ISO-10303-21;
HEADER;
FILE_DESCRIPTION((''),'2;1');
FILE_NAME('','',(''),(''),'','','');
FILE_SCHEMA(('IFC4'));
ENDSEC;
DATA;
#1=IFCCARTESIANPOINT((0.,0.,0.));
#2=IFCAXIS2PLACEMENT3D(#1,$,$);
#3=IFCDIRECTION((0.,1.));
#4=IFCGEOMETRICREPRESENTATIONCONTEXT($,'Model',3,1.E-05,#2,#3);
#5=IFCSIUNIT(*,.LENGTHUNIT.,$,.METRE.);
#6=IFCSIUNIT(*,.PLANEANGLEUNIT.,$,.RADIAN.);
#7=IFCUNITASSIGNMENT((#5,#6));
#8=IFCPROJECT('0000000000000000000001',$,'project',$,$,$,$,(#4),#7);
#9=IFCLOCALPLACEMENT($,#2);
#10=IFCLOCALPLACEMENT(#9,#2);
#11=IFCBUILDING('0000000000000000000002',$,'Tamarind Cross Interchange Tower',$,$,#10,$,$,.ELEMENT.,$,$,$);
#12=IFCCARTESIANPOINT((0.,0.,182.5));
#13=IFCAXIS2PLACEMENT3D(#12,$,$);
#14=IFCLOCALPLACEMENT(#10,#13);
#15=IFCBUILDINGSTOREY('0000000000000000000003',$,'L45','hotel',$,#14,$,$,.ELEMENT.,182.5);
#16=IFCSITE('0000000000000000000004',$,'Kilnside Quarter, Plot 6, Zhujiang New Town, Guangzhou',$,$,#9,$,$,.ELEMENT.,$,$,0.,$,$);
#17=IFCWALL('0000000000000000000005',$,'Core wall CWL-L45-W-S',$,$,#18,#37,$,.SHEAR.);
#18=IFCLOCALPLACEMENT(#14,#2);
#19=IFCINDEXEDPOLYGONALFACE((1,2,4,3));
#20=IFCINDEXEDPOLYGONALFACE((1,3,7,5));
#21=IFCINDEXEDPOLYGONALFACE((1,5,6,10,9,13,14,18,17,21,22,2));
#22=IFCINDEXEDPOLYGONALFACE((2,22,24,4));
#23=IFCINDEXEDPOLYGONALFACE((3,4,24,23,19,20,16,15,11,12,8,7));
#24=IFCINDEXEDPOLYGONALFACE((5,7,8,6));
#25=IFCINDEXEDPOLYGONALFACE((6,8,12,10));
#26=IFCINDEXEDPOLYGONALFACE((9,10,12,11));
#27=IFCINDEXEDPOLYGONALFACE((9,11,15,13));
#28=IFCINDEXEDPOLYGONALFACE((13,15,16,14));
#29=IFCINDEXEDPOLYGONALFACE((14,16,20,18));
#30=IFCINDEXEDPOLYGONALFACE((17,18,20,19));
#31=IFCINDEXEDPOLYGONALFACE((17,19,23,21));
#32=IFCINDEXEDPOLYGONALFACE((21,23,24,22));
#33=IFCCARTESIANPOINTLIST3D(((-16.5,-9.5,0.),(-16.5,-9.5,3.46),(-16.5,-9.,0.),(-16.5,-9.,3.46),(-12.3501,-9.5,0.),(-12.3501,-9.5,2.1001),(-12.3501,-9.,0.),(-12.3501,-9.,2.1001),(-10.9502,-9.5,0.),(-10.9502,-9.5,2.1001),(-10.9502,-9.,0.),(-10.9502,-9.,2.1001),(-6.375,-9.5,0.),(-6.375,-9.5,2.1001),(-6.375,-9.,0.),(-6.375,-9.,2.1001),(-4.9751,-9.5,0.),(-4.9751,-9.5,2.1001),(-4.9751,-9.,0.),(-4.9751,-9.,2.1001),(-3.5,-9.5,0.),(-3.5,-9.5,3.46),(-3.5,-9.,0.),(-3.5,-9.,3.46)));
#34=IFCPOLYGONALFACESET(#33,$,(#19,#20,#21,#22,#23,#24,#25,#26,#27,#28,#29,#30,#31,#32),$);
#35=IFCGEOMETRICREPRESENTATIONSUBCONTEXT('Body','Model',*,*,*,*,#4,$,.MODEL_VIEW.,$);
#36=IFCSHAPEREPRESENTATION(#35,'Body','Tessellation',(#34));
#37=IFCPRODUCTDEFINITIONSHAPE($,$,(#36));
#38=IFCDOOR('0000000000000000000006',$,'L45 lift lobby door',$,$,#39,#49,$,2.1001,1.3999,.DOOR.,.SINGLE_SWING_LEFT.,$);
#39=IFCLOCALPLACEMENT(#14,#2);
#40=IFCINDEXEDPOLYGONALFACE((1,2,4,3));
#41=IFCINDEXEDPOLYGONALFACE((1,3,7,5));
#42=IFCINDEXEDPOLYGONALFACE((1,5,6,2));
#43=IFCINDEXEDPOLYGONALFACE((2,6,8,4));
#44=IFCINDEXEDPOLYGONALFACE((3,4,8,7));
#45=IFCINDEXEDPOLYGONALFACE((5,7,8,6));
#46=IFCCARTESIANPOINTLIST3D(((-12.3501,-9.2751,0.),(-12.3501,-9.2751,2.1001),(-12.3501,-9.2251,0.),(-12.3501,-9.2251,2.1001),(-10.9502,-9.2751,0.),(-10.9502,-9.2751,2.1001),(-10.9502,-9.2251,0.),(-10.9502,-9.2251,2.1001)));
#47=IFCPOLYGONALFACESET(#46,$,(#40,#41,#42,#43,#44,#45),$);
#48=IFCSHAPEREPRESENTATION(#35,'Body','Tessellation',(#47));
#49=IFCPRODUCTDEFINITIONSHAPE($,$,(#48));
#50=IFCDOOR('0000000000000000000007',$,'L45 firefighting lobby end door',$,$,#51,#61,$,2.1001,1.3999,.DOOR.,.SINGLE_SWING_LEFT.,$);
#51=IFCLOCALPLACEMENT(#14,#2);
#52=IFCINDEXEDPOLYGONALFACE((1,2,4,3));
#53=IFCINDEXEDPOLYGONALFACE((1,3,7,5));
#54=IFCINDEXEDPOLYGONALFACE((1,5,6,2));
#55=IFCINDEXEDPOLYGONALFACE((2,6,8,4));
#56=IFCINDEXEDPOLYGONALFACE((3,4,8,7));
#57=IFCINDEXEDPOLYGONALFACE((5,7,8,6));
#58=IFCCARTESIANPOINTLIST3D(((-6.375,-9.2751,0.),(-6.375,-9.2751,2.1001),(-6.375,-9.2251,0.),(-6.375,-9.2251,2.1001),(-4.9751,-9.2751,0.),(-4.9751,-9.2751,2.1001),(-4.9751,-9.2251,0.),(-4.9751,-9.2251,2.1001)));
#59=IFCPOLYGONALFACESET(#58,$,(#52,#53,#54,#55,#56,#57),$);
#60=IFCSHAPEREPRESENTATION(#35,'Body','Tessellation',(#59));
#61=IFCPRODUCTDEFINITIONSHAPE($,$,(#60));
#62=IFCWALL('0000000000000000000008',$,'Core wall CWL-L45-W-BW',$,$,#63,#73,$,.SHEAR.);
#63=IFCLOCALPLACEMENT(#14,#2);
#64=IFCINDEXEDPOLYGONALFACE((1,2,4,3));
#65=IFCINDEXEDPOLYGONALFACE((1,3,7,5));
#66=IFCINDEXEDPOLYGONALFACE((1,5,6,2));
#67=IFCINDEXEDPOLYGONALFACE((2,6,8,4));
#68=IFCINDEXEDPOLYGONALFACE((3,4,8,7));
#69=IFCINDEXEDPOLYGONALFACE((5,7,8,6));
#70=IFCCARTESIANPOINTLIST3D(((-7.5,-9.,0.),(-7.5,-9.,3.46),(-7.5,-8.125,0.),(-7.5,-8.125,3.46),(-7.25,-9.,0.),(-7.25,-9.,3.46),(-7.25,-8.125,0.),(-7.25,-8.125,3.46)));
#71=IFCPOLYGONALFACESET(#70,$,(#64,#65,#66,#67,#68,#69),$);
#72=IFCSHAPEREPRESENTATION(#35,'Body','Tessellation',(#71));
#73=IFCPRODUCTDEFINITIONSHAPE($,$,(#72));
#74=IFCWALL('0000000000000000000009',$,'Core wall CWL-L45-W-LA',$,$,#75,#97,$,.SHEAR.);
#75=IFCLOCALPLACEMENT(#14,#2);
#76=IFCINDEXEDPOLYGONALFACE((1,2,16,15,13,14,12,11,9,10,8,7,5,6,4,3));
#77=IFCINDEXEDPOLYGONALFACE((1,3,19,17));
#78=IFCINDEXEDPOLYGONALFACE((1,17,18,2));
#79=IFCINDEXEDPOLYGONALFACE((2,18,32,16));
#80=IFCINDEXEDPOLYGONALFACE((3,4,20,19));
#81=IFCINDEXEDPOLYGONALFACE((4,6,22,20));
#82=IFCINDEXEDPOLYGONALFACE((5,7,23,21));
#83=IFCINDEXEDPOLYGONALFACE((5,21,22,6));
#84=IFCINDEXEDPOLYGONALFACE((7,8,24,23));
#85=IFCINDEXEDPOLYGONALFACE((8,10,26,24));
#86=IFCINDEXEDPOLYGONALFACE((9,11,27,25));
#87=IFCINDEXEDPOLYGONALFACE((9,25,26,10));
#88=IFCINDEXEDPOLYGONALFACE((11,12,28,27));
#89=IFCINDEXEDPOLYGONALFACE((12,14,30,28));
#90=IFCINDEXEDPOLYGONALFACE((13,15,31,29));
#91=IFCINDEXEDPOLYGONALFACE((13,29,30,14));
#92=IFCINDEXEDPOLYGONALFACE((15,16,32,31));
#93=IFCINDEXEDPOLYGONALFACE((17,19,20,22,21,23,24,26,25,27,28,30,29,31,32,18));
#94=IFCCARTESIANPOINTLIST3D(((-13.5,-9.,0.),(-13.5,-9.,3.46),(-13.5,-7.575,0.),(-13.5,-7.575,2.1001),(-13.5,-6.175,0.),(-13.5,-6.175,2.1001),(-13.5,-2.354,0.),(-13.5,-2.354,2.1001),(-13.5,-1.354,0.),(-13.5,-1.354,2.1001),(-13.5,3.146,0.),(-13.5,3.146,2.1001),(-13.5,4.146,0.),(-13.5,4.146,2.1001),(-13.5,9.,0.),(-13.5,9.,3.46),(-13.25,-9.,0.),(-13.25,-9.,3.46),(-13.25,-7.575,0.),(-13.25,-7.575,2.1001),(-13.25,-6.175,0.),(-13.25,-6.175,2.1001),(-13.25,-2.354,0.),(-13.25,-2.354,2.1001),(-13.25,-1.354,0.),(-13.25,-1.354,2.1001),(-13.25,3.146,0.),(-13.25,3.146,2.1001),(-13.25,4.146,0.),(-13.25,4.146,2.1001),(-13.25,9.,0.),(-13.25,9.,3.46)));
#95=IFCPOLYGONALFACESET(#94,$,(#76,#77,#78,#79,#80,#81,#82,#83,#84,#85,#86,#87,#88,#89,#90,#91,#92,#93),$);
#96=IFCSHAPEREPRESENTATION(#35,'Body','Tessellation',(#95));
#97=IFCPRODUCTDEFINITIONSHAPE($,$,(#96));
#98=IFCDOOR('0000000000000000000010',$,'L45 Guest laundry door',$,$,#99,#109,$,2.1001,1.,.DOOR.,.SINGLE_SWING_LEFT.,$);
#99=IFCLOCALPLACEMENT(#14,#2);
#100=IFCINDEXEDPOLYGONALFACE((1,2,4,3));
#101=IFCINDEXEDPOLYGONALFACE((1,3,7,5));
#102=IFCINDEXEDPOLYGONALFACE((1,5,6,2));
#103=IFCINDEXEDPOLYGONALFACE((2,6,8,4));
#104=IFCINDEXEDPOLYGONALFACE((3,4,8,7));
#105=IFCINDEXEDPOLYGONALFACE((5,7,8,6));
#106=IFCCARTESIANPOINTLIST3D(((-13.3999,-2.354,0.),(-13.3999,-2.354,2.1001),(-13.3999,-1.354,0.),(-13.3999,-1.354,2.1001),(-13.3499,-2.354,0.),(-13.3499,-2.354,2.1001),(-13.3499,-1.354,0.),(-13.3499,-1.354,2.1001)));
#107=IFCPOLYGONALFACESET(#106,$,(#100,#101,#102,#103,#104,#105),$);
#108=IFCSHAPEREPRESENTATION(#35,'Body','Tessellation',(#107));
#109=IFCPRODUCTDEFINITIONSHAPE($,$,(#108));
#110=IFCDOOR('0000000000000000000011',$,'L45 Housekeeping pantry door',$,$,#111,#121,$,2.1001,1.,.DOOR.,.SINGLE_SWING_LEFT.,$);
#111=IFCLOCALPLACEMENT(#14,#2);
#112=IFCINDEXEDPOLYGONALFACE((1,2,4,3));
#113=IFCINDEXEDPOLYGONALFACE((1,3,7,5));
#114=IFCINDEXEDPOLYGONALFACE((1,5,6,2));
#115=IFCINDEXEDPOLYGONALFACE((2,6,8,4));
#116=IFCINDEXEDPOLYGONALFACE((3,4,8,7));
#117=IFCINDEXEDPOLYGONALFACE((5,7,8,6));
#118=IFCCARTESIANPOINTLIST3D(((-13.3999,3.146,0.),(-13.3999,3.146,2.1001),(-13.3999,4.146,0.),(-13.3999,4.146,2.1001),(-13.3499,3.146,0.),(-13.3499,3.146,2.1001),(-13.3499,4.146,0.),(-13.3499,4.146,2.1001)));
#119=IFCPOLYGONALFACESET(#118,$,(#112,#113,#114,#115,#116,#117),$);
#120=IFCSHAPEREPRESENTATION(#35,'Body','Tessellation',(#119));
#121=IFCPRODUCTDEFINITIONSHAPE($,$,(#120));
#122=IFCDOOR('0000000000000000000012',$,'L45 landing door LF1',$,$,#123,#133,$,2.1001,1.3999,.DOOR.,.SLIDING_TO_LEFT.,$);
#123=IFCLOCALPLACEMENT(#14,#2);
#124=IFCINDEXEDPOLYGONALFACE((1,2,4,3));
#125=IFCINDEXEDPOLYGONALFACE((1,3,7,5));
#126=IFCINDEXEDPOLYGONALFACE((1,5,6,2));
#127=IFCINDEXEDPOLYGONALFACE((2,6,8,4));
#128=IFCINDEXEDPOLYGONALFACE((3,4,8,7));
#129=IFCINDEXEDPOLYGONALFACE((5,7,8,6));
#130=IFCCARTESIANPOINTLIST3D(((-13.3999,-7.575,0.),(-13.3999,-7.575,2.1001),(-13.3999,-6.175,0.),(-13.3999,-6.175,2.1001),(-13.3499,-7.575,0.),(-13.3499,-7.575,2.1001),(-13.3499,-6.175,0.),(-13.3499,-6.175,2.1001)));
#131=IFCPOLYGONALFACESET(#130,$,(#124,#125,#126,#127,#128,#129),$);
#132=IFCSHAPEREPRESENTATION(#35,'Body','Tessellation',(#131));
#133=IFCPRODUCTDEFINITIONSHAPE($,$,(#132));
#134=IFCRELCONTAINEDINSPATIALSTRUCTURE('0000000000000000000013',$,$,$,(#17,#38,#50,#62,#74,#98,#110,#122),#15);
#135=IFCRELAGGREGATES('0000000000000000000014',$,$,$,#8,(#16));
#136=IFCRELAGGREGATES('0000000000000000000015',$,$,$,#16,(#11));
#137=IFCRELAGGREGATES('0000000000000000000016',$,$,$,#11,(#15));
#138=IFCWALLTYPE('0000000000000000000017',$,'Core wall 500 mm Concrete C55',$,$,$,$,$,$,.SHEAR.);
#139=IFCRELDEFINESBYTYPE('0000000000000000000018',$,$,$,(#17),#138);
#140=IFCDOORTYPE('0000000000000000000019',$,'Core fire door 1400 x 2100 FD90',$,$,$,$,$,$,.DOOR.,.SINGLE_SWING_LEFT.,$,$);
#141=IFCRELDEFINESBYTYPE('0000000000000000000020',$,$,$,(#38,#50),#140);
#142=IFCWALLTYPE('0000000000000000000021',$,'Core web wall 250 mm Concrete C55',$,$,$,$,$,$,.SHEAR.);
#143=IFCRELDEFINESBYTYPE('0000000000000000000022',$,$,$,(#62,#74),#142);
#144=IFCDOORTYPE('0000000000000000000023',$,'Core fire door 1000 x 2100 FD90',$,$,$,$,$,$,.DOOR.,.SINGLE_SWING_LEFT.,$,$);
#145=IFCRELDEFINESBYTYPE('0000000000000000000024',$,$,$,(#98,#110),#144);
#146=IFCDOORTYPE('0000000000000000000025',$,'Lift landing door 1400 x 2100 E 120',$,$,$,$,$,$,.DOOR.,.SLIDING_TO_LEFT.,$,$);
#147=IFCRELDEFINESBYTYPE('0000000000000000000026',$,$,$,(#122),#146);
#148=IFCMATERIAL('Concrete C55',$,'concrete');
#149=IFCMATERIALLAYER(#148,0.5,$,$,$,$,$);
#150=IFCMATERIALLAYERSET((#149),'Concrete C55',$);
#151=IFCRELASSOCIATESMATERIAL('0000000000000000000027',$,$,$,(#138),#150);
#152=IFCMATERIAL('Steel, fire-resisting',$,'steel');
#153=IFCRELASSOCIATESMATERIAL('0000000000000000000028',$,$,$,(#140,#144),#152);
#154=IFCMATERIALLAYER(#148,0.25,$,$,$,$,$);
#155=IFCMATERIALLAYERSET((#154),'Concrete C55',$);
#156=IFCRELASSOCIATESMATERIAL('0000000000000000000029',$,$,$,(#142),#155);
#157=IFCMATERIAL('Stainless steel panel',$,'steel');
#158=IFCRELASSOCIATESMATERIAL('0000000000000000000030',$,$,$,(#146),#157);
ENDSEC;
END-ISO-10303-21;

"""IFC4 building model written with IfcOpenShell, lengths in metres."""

from ifc_helpers import new_model, si_unit, direction, frame, frame_2d, origin, place, context, subcontext, project, spatial, rectangle, extrude, material, layer, layer_set, type_object, element, fill, save


model = new_model("IFC4")

# Units and contexts
model_context = context("Model", 3, precision=1e-05, world=origin(), true_north=direction((0.0, 1.0)))
body_context = subcontext(model_context, "Body", "Model", "MODEL_VIEW")
ifc_project = project(units=[si_unit("LENGTHUNIT", "METRE"), si_unit("PLANEANGLEUNIT", "RADIAN")], contexts=[model_context])

# Site, building, storey
site_placement = place(None, origin())
site = spatial("IfcSite", under=ifc_project, at=site_placement, Name="Kilnside Quarter, Plot 6, Zhujiang New Town, Guangzhou", CompositionType="ELEMENT", RefElevation=0.0)
building_placement = place(site_placement, origin())
building = spatial("IfcBuilding", under=site, at=building_placement, Name="Tamarind Cross Interchange Tower", CompositionType="ELEMENT")
storey_placement = place(building_placement, frame((0.0, 0.0, 182.5)))
storey = spatial("IfcBuildingStorey", under=building, at=storey_placement, Name="L45", Description="hotel", CompositionType="ELEMENT", Elevation=182.5)

# Shared definitions
ifc_material_1 = material(Name="Concrete C55", Category="concrete")

# Wall, openings, doors
ifc_layer_1 = layer(ifc_material_1, 0.5)
ifc_layer_set_1 = layer_set([ifc_layer_1], Name="Concrete C55")
wall_type_1 = type_object("IfcWallType", Name="Core wall 500 mm Concrete C55", PredefinedType="SHEAR", material=ifc_layer_set_1)
wall_1_placement = place(storey_placement, frame((-16.5, -9.25, 0.0), z_axis=(0.0, 0.0, 1.0), x_axis=(1.0, 0.0, 0.0)))
wall_1 = element("IfcWall", 1, at=wall_1_placement, inside=storey, type_object=wall_type_1, Name="Core wall CWL-L45-W-S", PredefinedType="SHEAR", context=body_context, shape_type="SweptSolid", body=[
    extrude(rectangle(XDim=13.0, YDim=0.5, at=frame_2d((6.5, 0.0))), origin(), (0.0, 0.0, 1.0), 3.46),
])
opening_1_placement = place(wall_1_placement, frame((4.1499, 0.0, 0.0)))
opening_1 = element("IfcOpeningElement", 2, at=opening_1_placement, cuts=wall_1, PredefinedType="OPENING", context=body_context, shape_type="SweptSolid", body=[
    extrude(rectangle(XDim=1.3999, YDim=2.1001, at=frame_2d((0.7, 1.05))), frame((0.0, 0.26, 0.0), z_axis=(0.0, -1.0, 0.0), x_axis=(1.0, 0.0, 0.0)), (0.0, 0.0, 1.0), 0.52),
])
opening_2_placement = place(wall_1_placement, frame((10.125, 0.0, 0.0)))
opening_2 = element("IfcOpeningElement", 3, at=opening_2_placement, cuts=wall_1, PredefinedType="OPENING", context=body_context, shape_type="SweptSolid", body=[
    extrude(rectangle(XDim=1.3999, YDim=2.1001, at=frame_2d((0.7, 1.05))), frame((0.0, 0.26, 0.0), z_axis=(0.0, -1.0, 0.0), x_axis=(1.0, 0.0, 0.0)), (0.0, 0.0, 1.0), 0.52),
])
ifc_material_2 = material(Name="Steel, fire-resisting", Category="steel")
door_type_1 = type_object("IfcDoorType", Name="Core fire door 1400 x 2100 FD90", OperationType="SINGLE_SWING_LEFT", PredefinedType="DOOR", material=ifc_material_2)
door_1_placement = place(opening_1_placement, origin())
door_1 = element("IfcDoor", 4, at=door_1_placement, inside=storey, type_object=door_type_1, Name="L45 lift lobby door", OperationType="SINGLE_SWING_LEFT", OverallHeight=2.1001, OverallWidth=1.3999, PredefinedType="DOOR", context=body_context, shape_type="SweptSolid", body=[
    extrude(rectangle(XDim=1.3999, YDim=2.1001, at=frame_2d((0.7, 1.05))), frame((0.0, 0.0249, 0.0), z_axis=(0.0, -1.0, 0.0), x_axis=(1.0, 0.0, 0.0)), (0.0, 0.0, 1.0), 0.05),
])
fill(opening_1, door_1)
door_2_placement = place(opening_2_placement, origin())
door_2 = element("IfcDoor", 5, at=door_2_placement, inside=storey, type_object=door_type_1, Name="L45 firefighting lobby end door", OperationType="SINGLE_SWING_LEFT", OverallHeight=2.1001, OverallWidth=1.3999, PredefinedType="DOOR", context=body_context, shape_type="SweptSolid", body=[
    extrude(rectangle(XDim=1.3999, YDim=2.1001, at=frame_2d((0.7, 1.05))), frame((0.0, 0.0249, 0.0), z_axis=(0.0, -1.0, 0.0), x_axis=(1.0, 0.0, 0.0)), (0.0, 0.0, 1.0), 0.05),
])
fill(opening_2, door_2)

# Wall
ifc_layer_2 = layer(ifc_material_1, 0.25)
ifc_layer_set_2 = layer_set([ifc_layer_2], Name="Concrete C55")
wall_type_2 = type_object("IfcWallType", Name="Core web wall 250 mm Concrete C55", PredefinedType="SHEAR", material=ifc_layer_set_2)
wall_2_placement = place(storey_placement, frame((-7.375, -9.0, 0.0), z_axis=(0.0, 0.0, 1.0), x_axis=(0.0, 1.0, 0.0)))
element("IfcWall", 6, at=wall_2_placement, inside=storey, type_object=wall_type_2, Name="Core wall CWL-L45-W-BW", PredefinedType="SHEAR", context=body_context, shape_type="SweptSolid", body=[
    extrude(rectangle(XDim=0.875, YDim=0.25, at=frame_2d((0.4375, 0.0))), origin(), (0.0, 0.0, 1.0), 3.46),
])

# Wall, openings, doors
wall_3_placement = place(storey_placement, frame((-13.375, -9.0, 0.0), z_axis=(0.0, 0.0, 1.0), x_axis=(0.0, 1.0, 0.0)))
wall_3 = element("IfcWall", 7, at=wall_3_placement, inside=storey, type_object=wall_type_2, Name="Core wall CWL-L45-W-LA", PredefinedType="SHEAR", context=body_context, shape_type="SweptSolid", body=[
    extrude(rectangle(XDim=18.0, YDim=0.25, at=frame_2d((9.0, 0.0))), origin(), (0.0, 0.0, 1.0), 3.46),
])
opening_3_placement = place(wall_3_placement, frame((1.425, 0.0, 0.0)))
opening_3 = element("IfcOpeningElement", 8, at=opening_3_placement, cuts=wall_3, PredefinedType="OPENING", context=body_context, shape_type="SweptSolid", body=[
    extrude(rectangle(XDim=1.3999, YDim=2.1001, at=frame_2d((0.7, 1.05))), frame((0.0, 0.135, 0.0), z_axis=(0.0, -1.0, 0.0), x_axis=(1.0, 0.0, 0.0)), (0.0, 0.0, 1.0), 0.27),
])
opening_4_placement = place(wall_3_placement, frame((6.646, 0.0, 0.0)))
opening_4 = element("IfcOpeningElement", 9, at=opening_4_placement, cuts=wall_3, PredefinedType="OPENING", context=body_context, shape_type="SweptSolid", body=[
    extrude(rectangle(XDim=1.0, YDim=2.1001, at=frame_2d((0.5, 1.05))), frame((0.0, 0.135, 0.0), z_axis=(0.0, -1.0, 0.0), x_axis=(1.0, 0.0, 0.0)), (0.0, 0.0, 1.0), 0.27),
])
opening_5_placement = place(wall_3_placement, frame((12.146, 0.0, 0.0)))
opening_5 = element("IfcOpeningElement", 10, at=opening_5_placement, cuts=wall_3, PredefinedType="OPENING", context=body_context, shape_type="SweptSolid", body=[
    extrude(rectangle(XDim=1.0, YDim=2.1001, at=frame_2d((0.5, 1.05))), frame((0.0, 0.135, 0.0), z_axis=(0.0, -1.0, 0.0), x_axis=(1.0, 0.0, 0.0)), (0.0, 0.0, 1.0), 0.27),
])
door_type_2 = type_object("IfcDoorType", Name="Core fire door 1000 x 2100 FD90", OperationType="SINGLE_SWING_LEFT", PredefinedType="DOOR", material=ifc_material_2)
door_3_placement = place(opening_4_placement, origin())
door_3 = element("IfcDoor", 11, at=door_3_placement, inside=storey, type_object=door_type_2, Name="L45 Guest laundry door", OperationType="SINGLE_SWING_LEFT", OverallHeight=2.1001, OverallWidth=1.0, PredefinedType="DOOR", context=body_context, shape_type="SweptSolid", body=[
    extrude(rectangle(XDim=1.0, YDim=2.1001, at=frame_2d((0.5, 1.05))), frame((0.0, 0.0249, 0.0), z_axis=(0.0, -1.0, 0.0), x_axis=(1.0, 0.0, 0.0)), (0.0, 0.0, 1.0), 0.05),
])
fill(opening_4, door_3)
door_4_placement = place(opening_5_placement, origin())
door_4 = element("IfcDoor", 12, at=door_4_placement, inside=storey, type_object=door_type_2, Name="L45 Housekeeping pantry door", OperationType="SINGLE_SWING_LEFT", OverallHeight=2.1001, OverallWidth=1.0, PredefinedType="DOOR", context=body_context, shape_type="SweptSolid", body=[
    extrude(rectangle(XDim=1.0, YDim=2.1001, at=frame_2d((0.5, 1.05))), frame((0.0, 0.0249, 0.0), z_axis=(0.0, -1.0, 0.0), x_axis=(1.0, 0.0, 0.0)), (0.0, 0.0, 1.0), 0.05),
])
fill(opening_5, door_4)
ifc_material_3 = material(Name="Stainless steel panel", Category="steel")
door_type_3 = type_object("IfcDoorType", Name="Lift landing door 1400 x 2100 E 120", OperationType="SLIDING_TO_LEFT", PredefinedType="DOOR", material=ifc_material_3)
door_5_placement = place(opening_3_placement, origin())
door_5 = element("IfcDoor", 13, at=door_5_placement, inside=storey, type_object=door_type_3, Name="L45 landing door LF1", OperationType="SLIDING_TO_LEFT", OverallHeight=2.1001, OverallWidth=1.3999, PredefinedType="DOOR", context=body_context, shape_type="SweptSolid", body=[
    extrude(rectangle(XDim=1.3999, YDim=2.1001, at=frame_2d((0.7, 1.05))), frame((0.0, 0.0249, 0.0), z_axis=(0.0, -1.0, 0.0), x_axis=(1.0, 0.0, 0.0)), (0.0, 0.0, 1.0), 0.05),
])
fill(opening_3, door_5)

save(model, "model.ifc")
